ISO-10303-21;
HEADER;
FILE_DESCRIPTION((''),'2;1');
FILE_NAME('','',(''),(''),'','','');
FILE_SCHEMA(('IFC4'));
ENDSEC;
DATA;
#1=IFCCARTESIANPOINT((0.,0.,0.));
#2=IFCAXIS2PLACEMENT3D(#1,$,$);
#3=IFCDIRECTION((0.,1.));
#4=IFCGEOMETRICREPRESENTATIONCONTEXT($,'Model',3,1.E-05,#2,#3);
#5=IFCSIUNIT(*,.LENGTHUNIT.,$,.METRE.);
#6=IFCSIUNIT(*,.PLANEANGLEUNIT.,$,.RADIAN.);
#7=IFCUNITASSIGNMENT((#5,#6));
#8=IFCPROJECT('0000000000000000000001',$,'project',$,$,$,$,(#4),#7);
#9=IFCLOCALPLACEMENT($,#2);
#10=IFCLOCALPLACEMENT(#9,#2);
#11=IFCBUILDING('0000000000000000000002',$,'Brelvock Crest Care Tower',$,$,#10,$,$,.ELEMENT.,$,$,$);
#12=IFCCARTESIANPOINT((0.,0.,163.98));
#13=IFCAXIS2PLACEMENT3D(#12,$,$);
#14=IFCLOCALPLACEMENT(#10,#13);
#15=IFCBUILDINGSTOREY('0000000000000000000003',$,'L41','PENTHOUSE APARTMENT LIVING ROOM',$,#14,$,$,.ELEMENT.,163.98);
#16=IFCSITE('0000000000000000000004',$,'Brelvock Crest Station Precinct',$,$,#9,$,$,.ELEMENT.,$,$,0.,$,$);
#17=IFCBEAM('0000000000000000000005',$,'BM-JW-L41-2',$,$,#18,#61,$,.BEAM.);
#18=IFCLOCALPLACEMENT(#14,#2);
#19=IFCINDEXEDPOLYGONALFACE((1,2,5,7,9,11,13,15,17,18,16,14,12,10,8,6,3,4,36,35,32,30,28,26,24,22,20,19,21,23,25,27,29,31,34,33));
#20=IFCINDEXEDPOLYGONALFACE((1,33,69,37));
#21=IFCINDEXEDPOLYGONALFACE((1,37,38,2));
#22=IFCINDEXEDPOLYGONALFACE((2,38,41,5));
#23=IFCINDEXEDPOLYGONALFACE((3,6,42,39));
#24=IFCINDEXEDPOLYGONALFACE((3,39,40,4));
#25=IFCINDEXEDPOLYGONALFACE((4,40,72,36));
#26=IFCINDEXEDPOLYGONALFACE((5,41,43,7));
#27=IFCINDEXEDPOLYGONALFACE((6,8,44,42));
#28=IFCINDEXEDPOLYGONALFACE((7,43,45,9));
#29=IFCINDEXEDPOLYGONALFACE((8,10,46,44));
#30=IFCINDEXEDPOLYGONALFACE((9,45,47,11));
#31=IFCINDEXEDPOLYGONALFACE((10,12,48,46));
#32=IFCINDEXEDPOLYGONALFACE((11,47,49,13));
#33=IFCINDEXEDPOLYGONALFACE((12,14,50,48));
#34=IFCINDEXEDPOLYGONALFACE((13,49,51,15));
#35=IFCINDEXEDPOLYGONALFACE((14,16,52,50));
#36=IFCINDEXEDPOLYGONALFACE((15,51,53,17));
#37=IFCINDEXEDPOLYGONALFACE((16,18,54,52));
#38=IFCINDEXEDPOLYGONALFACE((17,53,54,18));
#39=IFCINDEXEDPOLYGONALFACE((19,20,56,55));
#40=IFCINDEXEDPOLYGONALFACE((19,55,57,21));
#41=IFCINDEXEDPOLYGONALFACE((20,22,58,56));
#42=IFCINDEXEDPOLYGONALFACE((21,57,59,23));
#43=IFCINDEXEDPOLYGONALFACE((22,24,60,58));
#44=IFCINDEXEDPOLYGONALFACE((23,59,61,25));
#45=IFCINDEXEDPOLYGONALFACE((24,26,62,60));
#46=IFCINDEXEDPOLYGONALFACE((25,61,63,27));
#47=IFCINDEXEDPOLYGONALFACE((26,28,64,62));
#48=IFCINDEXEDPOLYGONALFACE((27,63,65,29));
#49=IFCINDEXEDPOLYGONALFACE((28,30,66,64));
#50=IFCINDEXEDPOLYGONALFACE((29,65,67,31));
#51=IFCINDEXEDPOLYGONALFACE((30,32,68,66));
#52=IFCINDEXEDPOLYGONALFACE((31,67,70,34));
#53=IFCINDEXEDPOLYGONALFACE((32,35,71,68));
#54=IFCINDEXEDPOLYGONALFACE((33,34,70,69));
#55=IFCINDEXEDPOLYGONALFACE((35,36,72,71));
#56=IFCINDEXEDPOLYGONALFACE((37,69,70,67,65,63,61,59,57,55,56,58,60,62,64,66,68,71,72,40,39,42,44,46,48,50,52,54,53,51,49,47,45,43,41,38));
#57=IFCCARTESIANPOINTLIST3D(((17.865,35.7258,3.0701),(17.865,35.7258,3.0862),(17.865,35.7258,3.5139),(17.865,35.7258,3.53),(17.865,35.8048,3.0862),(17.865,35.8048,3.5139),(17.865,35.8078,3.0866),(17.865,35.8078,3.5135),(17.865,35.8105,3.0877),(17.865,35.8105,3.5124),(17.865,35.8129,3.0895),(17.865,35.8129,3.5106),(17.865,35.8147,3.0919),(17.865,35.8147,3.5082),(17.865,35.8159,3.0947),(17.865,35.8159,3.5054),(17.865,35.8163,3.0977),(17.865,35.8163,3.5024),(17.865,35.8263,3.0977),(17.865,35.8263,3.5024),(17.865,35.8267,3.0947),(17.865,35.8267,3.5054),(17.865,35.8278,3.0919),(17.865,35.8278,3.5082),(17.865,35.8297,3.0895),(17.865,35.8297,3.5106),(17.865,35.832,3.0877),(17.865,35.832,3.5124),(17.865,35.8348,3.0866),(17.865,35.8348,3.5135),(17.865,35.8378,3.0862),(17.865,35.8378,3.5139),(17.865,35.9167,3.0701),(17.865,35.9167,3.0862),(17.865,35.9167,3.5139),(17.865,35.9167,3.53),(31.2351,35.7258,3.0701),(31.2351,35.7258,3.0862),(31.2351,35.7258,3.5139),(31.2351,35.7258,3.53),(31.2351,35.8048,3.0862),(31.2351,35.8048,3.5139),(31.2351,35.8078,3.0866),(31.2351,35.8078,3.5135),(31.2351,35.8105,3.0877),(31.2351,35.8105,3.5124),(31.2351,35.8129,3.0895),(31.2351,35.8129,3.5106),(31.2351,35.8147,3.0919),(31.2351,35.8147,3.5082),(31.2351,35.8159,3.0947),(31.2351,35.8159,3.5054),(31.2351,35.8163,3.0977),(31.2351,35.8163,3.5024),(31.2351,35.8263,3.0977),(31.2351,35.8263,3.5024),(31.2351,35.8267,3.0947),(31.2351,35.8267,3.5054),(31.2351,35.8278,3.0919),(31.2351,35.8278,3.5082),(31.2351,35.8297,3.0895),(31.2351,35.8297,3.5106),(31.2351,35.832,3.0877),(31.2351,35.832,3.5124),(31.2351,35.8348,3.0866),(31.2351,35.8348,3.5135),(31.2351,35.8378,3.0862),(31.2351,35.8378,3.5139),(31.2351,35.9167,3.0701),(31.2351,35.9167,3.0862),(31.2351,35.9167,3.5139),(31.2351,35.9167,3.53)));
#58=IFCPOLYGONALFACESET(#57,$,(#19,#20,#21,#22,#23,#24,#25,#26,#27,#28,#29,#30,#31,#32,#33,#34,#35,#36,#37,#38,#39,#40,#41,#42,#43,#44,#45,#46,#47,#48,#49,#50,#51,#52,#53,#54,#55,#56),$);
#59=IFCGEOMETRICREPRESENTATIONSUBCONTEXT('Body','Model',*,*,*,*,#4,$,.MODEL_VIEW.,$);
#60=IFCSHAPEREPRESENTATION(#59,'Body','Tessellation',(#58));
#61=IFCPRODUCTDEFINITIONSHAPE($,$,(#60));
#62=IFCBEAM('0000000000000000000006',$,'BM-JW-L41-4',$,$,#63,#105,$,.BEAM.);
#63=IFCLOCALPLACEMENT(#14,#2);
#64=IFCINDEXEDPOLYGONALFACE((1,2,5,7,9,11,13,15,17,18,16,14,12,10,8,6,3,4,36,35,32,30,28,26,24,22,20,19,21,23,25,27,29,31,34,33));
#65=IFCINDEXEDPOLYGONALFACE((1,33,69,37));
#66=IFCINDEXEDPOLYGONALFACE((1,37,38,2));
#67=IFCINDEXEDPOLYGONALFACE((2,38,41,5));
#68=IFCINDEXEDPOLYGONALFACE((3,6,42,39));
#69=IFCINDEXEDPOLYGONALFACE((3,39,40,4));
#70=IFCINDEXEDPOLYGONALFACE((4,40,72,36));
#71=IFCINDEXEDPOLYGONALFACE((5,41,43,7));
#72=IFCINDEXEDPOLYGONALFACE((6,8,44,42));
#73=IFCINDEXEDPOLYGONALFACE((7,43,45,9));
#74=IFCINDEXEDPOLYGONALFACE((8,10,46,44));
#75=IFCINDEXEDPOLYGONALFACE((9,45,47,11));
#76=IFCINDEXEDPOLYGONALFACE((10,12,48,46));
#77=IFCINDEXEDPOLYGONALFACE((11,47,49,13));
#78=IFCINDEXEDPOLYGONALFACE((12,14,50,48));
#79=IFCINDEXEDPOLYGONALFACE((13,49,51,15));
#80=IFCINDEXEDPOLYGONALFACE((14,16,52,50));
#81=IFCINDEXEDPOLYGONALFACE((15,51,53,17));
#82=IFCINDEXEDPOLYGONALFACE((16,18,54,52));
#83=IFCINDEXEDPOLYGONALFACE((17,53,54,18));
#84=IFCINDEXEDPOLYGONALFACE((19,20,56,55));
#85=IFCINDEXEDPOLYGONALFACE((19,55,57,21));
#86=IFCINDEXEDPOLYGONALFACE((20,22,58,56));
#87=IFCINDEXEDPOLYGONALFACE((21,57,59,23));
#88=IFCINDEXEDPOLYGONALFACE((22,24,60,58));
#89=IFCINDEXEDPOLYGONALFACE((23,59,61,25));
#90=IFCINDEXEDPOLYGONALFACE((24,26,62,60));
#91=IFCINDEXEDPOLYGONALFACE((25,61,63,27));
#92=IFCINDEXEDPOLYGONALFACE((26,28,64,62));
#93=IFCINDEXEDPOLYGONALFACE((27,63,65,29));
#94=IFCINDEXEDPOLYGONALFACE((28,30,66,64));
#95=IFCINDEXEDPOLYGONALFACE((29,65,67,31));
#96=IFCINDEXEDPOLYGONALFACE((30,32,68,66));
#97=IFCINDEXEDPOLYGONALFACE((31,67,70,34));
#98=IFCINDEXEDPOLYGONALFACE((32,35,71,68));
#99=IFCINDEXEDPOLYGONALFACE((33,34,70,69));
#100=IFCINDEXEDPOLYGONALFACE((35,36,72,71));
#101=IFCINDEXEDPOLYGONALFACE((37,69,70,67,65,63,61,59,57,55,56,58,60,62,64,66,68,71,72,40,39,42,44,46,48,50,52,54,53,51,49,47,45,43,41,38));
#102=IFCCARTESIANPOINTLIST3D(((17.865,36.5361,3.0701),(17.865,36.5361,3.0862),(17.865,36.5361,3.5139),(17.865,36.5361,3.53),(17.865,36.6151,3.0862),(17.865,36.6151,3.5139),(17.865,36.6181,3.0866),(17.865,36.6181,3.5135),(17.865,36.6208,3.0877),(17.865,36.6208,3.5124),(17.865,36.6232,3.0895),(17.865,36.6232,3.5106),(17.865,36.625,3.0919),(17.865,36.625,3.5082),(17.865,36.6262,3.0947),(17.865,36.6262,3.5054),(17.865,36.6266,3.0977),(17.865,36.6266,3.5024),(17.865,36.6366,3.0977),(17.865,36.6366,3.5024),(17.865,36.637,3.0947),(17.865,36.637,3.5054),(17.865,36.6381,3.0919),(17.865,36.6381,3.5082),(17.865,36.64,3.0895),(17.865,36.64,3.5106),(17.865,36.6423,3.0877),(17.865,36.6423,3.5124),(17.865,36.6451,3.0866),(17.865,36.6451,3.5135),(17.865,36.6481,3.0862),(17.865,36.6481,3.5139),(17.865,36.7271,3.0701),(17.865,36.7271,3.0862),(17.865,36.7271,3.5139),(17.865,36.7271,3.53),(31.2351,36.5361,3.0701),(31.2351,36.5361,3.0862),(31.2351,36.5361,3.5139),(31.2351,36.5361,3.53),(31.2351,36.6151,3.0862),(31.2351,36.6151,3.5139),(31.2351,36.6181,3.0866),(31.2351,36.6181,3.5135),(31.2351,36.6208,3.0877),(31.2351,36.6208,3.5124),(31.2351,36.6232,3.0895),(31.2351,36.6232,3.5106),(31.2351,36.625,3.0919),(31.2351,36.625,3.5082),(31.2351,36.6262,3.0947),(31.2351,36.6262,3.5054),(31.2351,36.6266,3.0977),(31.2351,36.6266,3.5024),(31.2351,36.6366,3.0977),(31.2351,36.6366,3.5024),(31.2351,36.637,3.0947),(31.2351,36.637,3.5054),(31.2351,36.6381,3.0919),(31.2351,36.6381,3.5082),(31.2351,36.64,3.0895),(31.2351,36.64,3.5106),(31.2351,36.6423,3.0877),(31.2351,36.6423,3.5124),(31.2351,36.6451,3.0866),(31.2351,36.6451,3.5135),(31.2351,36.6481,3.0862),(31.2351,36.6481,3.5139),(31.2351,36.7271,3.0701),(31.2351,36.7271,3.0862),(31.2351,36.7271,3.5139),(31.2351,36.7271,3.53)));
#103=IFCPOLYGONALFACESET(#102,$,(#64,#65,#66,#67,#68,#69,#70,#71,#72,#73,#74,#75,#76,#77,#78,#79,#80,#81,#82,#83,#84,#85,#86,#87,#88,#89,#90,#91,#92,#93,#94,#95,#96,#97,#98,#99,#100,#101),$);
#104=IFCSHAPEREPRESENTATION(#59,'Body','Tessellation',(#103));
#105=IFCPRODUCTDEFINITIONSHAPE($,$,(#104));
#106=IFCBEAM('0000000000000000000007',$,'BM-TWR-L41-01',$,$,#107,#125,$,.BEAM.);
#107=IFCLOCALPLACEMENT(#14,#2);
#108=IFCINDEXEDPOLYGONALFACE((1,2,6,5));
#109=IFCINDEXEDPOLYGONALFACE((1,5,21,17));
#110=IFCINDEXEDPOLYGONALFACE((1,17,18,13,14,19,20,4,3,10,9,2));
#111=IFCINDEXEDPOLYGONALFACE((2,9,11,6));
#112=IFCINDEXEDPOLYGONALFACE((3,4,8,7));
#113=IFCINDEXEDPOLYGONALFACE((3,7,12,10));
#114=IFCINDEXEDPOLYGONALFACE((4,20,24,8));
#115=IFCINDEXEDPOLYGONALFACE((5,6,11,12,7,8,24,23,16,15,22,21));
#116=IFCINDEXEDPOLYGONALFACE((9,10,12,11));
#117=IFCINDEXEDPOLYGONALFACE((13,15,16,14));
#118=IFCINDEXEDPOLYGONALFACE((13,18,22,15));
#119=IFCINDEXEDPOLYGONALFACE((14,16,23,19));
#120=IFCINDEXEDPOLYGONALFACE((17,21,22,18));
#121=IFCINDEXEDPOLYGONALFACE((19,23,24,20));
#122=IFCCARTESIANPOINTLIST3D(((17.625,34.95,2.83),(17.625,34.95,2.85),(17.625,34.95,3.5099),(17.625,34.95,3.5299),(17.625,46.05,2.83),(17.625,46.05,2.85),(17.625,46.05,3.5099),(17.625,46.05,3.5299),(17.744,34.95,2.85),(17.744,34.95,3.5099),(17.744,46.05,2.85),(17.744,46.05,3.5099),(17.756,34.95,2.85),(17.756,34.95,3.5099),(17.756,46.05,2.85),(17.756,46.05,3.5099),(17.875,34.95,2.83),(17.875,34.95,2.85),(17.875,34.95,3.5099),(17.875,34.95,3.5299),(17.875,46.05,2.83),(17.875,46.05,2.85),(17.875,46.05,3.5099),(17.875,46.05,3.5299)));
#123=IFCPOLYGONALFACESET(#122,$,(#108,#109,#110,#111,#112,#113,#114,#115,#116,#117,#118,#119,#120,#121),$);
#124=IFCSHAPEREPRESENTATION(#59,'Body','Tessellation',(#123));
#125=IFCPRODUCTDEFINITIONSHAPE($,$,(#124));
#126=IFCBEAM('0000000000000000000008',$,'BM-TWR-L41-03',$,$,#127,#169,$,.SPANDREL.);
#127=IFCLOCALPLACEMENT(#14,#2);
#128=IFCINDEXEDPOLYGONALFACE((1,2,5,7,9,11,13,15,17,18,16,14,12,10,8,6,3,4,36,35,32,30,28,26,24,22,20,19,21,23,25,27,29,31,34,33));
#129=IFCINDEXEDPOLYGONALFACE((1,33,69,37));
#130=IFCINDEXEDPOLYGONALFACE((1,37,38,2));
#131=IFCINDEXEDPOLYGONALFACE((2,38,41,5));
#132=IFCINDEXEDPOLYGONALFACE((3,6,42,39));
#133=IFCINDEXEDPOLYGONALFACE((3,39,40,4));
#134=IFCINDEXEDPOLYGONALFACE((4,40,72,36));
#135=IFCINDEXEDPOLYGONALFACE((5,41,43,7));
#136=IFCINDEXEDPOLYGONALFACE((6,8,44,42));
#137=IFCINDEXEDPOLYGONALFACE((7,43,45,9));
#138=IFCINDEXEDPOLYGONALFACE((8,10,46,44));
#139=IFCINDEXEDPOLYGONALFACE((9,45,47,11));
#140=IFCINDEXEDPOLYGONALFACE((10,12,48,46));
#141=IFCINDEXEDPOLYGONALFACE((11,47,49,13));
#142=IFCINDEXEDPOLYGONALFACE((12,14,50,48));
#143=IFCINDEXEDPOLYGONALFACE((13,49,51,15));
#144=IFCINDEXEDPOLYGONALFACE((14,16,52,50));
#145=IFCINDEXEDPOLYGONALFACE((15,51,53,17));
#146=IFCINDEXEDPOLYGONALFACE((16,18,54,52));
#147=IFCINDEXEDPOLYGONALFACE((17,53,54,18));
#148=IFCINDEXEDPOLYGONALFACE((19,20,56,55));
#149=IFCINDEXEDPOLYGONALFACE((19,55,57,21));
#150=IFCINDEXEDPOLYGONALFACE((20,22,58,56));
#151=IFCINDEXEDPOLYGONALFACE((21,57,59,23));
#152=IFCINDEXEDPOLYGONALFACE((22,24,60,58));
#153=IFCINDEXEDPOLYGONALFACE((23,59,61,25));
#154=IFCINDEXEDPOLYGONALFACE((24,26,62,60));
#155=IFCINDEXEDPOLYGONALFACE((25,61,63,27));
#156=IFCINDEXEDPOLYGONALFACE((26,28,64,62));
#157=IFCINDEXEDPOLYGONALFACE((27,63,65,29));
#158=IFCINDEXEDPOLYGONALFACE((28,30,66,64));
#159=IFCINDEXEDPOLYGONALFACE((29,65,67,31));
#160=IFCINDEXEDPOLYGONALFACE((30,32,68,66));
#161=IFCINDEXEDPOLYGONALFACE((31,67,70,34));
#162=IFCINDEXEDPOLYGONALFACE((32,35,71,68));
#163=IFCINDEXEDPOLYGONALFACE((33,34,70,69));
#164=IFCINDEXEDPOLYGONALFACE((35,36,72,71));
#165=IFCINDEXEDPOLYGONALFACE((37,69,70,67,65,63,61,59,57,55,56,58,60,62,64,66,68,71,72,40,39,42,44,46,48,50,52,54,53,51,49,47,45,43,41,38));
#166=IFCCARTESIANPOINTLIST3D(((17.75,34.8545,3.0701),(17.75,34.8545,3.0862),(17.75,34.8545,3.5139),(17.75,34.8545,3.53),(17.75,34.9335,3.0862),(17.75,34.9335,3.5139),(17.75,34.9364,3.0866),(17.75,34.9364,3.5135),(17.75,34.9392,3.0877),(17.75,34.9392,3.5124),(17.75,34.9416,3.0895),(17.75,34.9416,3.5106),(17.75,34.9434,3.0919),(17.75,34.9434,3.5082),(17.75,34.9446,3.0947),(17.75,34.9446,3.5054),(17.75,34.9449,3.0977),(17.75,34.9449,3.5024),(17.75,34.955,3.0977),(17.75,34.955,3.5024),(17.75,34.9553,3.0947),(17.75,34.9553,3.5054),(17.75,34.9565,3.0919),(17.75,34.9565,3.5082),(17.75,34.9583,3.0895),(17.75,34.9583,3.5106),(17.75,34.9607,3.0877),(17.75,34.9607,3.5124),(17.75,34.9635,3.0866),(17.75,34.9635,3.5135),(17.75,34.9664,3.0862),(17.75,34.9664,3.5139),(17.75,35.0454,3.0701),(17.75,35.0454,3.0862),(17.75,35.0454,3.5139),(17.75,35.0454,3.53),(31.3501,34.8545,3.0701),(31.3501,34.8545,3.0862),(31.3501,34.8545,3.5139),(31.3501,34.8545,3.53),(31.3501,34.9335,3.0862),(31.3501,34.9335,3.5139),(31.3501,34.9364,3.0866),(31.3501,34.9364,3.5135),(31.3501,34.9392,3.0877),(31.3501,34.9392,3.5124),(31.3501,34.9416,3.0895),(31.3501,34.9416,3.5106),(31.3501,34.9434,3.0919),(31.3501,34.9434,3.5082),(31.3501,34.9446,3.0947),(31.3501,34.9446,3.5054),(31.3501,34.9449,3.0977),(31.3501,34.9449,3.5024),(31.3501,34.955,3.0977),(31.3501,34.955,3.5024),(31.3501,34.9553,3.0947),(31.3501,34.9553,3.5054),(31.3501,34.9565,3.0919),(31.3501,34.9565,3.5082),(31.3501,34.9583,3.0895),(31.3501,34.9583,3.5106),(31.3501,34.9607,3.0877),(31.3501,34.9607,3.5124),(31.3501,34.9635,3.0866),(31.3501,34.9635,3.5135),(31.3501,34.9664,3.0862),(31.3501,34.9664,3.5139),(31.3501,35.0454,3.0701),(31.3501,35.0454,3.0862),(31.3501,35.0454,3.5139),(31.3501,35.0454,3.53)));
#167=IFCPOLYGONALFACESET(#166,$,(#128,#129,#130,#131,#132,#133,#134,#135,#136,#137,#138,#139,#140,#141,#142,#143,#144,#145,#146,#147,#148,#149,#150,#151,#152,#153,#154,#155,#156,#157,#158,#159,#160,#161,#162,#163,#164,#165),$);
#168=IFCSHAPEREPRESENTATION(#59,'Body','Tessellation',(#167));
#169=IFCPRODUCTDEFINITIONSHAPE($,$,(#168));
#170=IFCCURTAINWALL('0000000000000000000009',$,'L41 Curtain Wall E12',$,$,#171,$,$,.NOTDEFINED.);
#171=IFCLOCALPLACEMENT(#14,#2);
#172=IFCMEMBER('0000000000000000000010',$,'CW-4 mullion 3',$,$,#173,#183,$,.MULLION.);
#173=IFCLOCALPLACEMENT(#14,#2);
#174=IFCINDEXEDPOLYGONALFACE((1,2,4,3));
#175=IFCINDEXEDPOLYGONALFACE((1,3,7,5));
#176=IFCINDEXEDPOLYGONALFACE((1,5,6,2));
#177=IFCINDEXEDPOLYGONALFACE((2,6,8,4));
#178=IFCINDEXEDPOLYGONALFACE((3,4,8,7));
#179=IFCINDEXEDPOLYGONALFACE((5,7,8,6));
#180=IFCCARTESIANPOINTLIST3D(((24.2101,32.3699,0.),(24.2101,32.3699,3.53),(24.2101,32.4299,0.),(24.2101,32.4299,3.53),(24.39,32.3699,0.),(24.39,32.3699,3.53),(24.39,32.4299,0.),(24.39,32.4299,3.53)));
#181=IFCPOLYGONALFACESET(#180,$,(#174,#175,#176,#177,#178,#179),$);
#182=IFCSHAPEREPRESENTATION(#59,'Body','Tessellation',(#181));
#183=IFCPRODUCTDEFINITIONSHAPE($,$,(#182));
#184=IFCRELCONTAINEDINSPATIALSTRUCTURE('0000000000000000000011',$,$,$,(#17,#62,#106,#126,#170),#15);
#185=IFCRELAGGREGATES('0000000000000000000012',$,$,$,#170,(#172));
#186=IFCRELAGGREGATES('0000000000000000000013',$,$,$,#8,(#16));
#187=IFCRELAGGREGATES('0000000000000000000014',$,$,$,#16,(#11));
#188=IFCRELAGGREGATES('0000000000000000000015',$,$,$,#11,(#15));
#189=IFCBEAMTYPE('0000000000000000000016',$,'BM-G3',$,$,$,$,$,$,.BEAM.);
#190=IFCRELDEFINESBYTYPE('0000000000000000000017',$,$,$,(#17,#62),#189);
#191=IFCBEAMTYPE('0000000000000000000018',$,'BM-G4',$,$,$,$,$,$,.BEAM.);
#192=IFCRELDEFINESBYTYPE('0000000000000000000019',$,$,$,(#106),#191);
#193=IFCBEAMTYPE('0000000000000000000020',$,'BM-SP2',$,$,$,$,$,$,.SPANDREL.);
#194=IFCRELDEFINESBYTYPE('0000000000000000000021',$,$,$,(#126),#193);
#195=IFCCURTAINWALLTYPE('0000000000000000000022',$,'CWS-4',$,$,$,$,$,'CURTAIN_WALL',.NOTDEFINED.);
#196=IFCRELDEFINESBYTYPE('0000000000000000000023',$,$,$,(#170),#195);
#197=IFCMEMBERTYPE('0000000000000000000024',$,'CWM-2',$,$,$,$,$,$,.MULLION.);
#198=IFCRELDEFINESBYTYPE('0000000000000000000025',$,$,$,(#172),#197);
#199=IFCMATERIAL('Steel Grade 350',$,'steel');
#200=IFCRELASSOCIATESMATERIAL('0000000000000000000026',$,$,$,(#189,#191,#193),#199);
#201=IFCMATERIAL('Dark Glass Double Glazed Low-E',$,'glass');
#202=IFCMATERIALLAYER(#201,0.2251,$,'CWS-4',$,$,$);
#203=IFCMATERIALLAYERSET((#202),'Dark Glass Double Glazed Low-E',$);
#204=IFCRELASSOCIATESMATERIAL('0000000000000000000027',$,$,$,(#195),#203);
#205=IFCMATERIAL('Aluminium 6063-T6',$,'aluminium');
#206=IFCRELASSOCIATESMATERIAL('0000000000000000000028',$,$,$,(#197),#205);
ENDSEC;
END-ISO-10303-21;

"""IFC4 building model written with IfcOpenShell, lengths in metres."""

from ifc_helpers import new_model, si_unit, direction, frame, origin, origin_2d, place, context, subcontext, project, spatial, rectangle, i_section, extrude, source, transform, mapped, material, layer, layer_set, material_profile, profile_set, type_object, element, aggregate, save


model = new_model("IFC4")

# Units and contexts
model_context = context("Model", 3, precision=1e-05, world=origin(), true_north=direction((0.0, 1.0)))
body_context = subcontext(model_context, "Body", "Model", "MODEL_VIEW")
ifc_project = project(units=[si_unit("LENGTHUNIT", "METRE"), si_unit("PLANEANGLEUNIT", "RADIAN")], contexts=[model_context])

# Site, building, storey
site_placement = place(None, origin())
site = spatial("IfcSite", under=ifc_project, at=site_placement, Name="Brelvock Crest Station Precinct", CompositionType="ELEMENT", RefElevation=0.0)
building_placement = place(site_placement, origin())
building = spatial("IfcBuilding", under=site, at=building_placement, Name="Brelvock Crest Care Tower", CompositionType="ELEMENT")
storey_placement = place(building_placement, frame((0.0, 0.0, 163.98)))
storey = spatial("IfcBuildingStorey", under=building, at=storey_placement, Name="L41", Description="PENTHOUSE APARTMENT LIVING ROOM", CompositionType="ELEMENT", Elevation=163.98)

# Shared definitions
ifc_material_1 = material(Name="Steel Grade 350", Category="steel")

# Beams
ifc_material_profile_1 = material_profile(ifc_material_1, i_section(OverallWidth=0.1909, OverallDepth=0.46, WebThickness=0.01, FlangeThickness=0.0161, FilletRadius=0.0115, at=origin_2d()), Name="460UB82.1")
ifc_profile_set_1 = profile_set([ifc_material_profile_1], Name="Steel Grade 350")
beam_type_1 = type_object("IfcBeamType", Name="BM-G3", PredefinedType="BEAM", material=ifc_profile_set_1)
shared_shape_1 = source(origin(), body_context, "Body", "SweptSolid", [
    extrude(i_section(OverallWidth=0.1909, OverallDepth=0.46, WebThickness=0.01, FlangeThickness=0.0161, FilletRadius=0.0115, at=origin_2d()), origin(), (0.0, 0.0, 1.0), 13.3701),
])
for number, where, z_axis, x_axis, name in (
    (1, (17.865, 35.8213, 3.3), (1.0, 0.0, 0.0), (0.0, 1.0, 0.0), "BM-JW-L41-2"),
    (2, (17.865, 36.6316, 3.3), (1.0, 0.0, 0.0), (0.0, 1.0, 0.0), "BM-JW-L41-4"),
):
    element("IfcBeam", number, at=place(storey_placement, frame(where, z_axis=z_axis, x_axis=x_axis)), inside=storey, type_object=beam_type_1, Name=name, PredefinedType="BEAM", context=body_context, shape_type="MappedRepresentation", body=[
        mapped(shared_shape_1, transform((0.0, 0.0, 0.0), x_axis=(1.0, 0.0, 0.0), y_axis=(0.0, 1.0, 0.0), z_axis=(0.0, 0.0, 1.0), scale=1.0)),
    ])
ifc_material_profile_2 = material_profile(ifc_material_1, i_section(OverallWidth=0.25, OverallDepth=0.7, WebThickness=0.012, FlangeThickness=0.02, at=origin_2d()), Name="700WB150")
ifc_profile_set_2 = profile_set([ifc_material_profile_2], Name="Steel Grade 350")
beam_type_2 = type_object("IfcBeamType", Name="BM-G4", PredefinedType="BEAM", material=ifc_profile_set_2)
shared_shape_2 = source(origin(), body_context, "Body", "SweptSolid", [
    extrude(i_section(OverallWidth=0.25, OverallDepth=0.7, WebThickness=0.012, FlangeThickness=0.02, at=origin_2d()), origin(), (0.0, 0.0, 1.0), 11.1001),
])
beam_1_placement = place(storey_placement, frame((17.75, 34.95, 3.1799), z_axis=(0.0, 1.0, 0.0), x_axis=(-1.0, 0.0, 0.0)))
element("IfcBeam", 3, at=beam_1_placement, inside=storey, type_object=beam_type_2, Name="BM-TWR-L41-01", PredefinedType="BEAM", context=body_context, shape_type="MappedRepresentation", body=[
    mapped(shared_shape_2, transform((0.0, 0.0, 0.0), x_axis=(1.0, 0.0, 0.0), y_axis=(0.0, 1.0, 0.0), z_axis=(0.0, 0.0, 1.0), scale=1.0)),
])
ifc_material_profile_3 = material_profile(ifc_material_1, i_section(OverallWidth=0.1909, OverallDepth=0.46, WebThickness=0.01, FlangeThickness=0.0161, FilletRadius=0.0115, at=origin_2d()), Name="460UB82.1")
ifc_profile_set_3 = profile_set([ifc_material_profile_3], Name="Steel Grade 350")
beam_type_3 = type_object("IfcBeamType", Name="BM-SP2", PredefinedType="SPANDREL", material=ifc_profile_set_3)
shared_shape_3 = source(origin(), body_context, "Body", "SweptSolid", [
    extrude(i_section(OverallWidth=0.1909, OverallDepth=0.46, WebThickness=0.01, FlangeThickness=0.0161, FilletRadius=0.0115, at=origin_2d()), origin(), (0.0, 0.0, 1.0), 13.6001),
])
beam_2_placement = place(storey_placement, frame((17.75, 34.95, 3.3), z_axis=(1.0, 0.0, 0.0), x_axis=(0.0, 1.0, 0.0)))
element("IfcBeam", 4, at=beam_2_placement, inside=storey, type_object=beam_type_3, Name="BM-TWR-L41-03", PredefinedType="SPANDREL", context=body_context, shape_type="MappedRepresentation", body=[
    mapped(shared_shape_3, transform((0.0, 0.0, 0.0), x_axis=(1.0, 0.0, 0.0), y_axis=(0.0, 1.0, 0.0), z_axis=(0.0, 0.0, 1.0), scale=1.0)),
])

# Curtain wall, member
ifc_material_2 = material(Name="Dark Glass Double Glazed Low-E", Category="glass")
ifc_layer_1 = layer(ifc_material_2, 0.2251, Name="CWS-4")
ifc_layer_set_1 = layer_set([ifc_layer_1], Name="Dark Glass Double Glazed Low-E")
curtain_wall_type = type_object("IfcCurtainWallType", Name="CWS-4", ElementType="CURTAIN_WALL", PredefinedType="NOTDEFINED", material=ifc_layer_set_1)
curtain_wall_1_placement = place(storey_placement, origin())
curtain_wall_1 = element("IfcCurtainWall", 5, at=curtain_wall_1_placement, inside=storey, type_object=curtain_wall_type, Name="L41 Curtain Wall E12", PredefinedType="NOTDEFINED")
ifc_material_3 = material(Name="Aluminium 6063-T6", Category="aluminium")
ifc_material_profile_4 = material_profile(ifc_material_3, rectangle(XDim=0.0601, YDim=0.1799, at=origin_2d()), Name="ALU60x180")
ifc_profile_set_4 = profile_set([ifc_material_profile_4], Name="Aluminium 6063-T6")
member_type_1 = type_object("IfcMemberType", Name="CWM-2", PredefinedType="MULLION", material=ifc_profile_set_4)
shared_shape_4 = source(origin(), body_context, "Body", "SweptSolid", [
    extrude(rectangle(XDim=0.0601, YDim=0.1799, at=origin_2d()), origin(), (0.0, 0.0, 1.0), 3.53),
])
member_1_placement = place(storey_placement, frame((24.3, 32.3999, 0.0), z_axis=(0.0, 0.0, 1.0), x_axis=(0.0, -1.0, 0.0)))
member_1 = element("IfcMember", 6, at=member_1_placement, type_object=member_type_1, Name="CW-4 mullion 3", PredefinedType="MULLION", context=body_context, shape_type="MappedRepresentation", body=[
    mapped(shared_shape_4, transform((0.0, 0.0, 0.0), x_axis=(1.0, 0.0, 0.0), y_axis=(0.0, 1.0, 0.0), z_axis=(0.0, 0.0, 1.0), scale=1.0)),
])

aggregate(curtain_wall_1, [member_1])

save(model, "model.ifc")
